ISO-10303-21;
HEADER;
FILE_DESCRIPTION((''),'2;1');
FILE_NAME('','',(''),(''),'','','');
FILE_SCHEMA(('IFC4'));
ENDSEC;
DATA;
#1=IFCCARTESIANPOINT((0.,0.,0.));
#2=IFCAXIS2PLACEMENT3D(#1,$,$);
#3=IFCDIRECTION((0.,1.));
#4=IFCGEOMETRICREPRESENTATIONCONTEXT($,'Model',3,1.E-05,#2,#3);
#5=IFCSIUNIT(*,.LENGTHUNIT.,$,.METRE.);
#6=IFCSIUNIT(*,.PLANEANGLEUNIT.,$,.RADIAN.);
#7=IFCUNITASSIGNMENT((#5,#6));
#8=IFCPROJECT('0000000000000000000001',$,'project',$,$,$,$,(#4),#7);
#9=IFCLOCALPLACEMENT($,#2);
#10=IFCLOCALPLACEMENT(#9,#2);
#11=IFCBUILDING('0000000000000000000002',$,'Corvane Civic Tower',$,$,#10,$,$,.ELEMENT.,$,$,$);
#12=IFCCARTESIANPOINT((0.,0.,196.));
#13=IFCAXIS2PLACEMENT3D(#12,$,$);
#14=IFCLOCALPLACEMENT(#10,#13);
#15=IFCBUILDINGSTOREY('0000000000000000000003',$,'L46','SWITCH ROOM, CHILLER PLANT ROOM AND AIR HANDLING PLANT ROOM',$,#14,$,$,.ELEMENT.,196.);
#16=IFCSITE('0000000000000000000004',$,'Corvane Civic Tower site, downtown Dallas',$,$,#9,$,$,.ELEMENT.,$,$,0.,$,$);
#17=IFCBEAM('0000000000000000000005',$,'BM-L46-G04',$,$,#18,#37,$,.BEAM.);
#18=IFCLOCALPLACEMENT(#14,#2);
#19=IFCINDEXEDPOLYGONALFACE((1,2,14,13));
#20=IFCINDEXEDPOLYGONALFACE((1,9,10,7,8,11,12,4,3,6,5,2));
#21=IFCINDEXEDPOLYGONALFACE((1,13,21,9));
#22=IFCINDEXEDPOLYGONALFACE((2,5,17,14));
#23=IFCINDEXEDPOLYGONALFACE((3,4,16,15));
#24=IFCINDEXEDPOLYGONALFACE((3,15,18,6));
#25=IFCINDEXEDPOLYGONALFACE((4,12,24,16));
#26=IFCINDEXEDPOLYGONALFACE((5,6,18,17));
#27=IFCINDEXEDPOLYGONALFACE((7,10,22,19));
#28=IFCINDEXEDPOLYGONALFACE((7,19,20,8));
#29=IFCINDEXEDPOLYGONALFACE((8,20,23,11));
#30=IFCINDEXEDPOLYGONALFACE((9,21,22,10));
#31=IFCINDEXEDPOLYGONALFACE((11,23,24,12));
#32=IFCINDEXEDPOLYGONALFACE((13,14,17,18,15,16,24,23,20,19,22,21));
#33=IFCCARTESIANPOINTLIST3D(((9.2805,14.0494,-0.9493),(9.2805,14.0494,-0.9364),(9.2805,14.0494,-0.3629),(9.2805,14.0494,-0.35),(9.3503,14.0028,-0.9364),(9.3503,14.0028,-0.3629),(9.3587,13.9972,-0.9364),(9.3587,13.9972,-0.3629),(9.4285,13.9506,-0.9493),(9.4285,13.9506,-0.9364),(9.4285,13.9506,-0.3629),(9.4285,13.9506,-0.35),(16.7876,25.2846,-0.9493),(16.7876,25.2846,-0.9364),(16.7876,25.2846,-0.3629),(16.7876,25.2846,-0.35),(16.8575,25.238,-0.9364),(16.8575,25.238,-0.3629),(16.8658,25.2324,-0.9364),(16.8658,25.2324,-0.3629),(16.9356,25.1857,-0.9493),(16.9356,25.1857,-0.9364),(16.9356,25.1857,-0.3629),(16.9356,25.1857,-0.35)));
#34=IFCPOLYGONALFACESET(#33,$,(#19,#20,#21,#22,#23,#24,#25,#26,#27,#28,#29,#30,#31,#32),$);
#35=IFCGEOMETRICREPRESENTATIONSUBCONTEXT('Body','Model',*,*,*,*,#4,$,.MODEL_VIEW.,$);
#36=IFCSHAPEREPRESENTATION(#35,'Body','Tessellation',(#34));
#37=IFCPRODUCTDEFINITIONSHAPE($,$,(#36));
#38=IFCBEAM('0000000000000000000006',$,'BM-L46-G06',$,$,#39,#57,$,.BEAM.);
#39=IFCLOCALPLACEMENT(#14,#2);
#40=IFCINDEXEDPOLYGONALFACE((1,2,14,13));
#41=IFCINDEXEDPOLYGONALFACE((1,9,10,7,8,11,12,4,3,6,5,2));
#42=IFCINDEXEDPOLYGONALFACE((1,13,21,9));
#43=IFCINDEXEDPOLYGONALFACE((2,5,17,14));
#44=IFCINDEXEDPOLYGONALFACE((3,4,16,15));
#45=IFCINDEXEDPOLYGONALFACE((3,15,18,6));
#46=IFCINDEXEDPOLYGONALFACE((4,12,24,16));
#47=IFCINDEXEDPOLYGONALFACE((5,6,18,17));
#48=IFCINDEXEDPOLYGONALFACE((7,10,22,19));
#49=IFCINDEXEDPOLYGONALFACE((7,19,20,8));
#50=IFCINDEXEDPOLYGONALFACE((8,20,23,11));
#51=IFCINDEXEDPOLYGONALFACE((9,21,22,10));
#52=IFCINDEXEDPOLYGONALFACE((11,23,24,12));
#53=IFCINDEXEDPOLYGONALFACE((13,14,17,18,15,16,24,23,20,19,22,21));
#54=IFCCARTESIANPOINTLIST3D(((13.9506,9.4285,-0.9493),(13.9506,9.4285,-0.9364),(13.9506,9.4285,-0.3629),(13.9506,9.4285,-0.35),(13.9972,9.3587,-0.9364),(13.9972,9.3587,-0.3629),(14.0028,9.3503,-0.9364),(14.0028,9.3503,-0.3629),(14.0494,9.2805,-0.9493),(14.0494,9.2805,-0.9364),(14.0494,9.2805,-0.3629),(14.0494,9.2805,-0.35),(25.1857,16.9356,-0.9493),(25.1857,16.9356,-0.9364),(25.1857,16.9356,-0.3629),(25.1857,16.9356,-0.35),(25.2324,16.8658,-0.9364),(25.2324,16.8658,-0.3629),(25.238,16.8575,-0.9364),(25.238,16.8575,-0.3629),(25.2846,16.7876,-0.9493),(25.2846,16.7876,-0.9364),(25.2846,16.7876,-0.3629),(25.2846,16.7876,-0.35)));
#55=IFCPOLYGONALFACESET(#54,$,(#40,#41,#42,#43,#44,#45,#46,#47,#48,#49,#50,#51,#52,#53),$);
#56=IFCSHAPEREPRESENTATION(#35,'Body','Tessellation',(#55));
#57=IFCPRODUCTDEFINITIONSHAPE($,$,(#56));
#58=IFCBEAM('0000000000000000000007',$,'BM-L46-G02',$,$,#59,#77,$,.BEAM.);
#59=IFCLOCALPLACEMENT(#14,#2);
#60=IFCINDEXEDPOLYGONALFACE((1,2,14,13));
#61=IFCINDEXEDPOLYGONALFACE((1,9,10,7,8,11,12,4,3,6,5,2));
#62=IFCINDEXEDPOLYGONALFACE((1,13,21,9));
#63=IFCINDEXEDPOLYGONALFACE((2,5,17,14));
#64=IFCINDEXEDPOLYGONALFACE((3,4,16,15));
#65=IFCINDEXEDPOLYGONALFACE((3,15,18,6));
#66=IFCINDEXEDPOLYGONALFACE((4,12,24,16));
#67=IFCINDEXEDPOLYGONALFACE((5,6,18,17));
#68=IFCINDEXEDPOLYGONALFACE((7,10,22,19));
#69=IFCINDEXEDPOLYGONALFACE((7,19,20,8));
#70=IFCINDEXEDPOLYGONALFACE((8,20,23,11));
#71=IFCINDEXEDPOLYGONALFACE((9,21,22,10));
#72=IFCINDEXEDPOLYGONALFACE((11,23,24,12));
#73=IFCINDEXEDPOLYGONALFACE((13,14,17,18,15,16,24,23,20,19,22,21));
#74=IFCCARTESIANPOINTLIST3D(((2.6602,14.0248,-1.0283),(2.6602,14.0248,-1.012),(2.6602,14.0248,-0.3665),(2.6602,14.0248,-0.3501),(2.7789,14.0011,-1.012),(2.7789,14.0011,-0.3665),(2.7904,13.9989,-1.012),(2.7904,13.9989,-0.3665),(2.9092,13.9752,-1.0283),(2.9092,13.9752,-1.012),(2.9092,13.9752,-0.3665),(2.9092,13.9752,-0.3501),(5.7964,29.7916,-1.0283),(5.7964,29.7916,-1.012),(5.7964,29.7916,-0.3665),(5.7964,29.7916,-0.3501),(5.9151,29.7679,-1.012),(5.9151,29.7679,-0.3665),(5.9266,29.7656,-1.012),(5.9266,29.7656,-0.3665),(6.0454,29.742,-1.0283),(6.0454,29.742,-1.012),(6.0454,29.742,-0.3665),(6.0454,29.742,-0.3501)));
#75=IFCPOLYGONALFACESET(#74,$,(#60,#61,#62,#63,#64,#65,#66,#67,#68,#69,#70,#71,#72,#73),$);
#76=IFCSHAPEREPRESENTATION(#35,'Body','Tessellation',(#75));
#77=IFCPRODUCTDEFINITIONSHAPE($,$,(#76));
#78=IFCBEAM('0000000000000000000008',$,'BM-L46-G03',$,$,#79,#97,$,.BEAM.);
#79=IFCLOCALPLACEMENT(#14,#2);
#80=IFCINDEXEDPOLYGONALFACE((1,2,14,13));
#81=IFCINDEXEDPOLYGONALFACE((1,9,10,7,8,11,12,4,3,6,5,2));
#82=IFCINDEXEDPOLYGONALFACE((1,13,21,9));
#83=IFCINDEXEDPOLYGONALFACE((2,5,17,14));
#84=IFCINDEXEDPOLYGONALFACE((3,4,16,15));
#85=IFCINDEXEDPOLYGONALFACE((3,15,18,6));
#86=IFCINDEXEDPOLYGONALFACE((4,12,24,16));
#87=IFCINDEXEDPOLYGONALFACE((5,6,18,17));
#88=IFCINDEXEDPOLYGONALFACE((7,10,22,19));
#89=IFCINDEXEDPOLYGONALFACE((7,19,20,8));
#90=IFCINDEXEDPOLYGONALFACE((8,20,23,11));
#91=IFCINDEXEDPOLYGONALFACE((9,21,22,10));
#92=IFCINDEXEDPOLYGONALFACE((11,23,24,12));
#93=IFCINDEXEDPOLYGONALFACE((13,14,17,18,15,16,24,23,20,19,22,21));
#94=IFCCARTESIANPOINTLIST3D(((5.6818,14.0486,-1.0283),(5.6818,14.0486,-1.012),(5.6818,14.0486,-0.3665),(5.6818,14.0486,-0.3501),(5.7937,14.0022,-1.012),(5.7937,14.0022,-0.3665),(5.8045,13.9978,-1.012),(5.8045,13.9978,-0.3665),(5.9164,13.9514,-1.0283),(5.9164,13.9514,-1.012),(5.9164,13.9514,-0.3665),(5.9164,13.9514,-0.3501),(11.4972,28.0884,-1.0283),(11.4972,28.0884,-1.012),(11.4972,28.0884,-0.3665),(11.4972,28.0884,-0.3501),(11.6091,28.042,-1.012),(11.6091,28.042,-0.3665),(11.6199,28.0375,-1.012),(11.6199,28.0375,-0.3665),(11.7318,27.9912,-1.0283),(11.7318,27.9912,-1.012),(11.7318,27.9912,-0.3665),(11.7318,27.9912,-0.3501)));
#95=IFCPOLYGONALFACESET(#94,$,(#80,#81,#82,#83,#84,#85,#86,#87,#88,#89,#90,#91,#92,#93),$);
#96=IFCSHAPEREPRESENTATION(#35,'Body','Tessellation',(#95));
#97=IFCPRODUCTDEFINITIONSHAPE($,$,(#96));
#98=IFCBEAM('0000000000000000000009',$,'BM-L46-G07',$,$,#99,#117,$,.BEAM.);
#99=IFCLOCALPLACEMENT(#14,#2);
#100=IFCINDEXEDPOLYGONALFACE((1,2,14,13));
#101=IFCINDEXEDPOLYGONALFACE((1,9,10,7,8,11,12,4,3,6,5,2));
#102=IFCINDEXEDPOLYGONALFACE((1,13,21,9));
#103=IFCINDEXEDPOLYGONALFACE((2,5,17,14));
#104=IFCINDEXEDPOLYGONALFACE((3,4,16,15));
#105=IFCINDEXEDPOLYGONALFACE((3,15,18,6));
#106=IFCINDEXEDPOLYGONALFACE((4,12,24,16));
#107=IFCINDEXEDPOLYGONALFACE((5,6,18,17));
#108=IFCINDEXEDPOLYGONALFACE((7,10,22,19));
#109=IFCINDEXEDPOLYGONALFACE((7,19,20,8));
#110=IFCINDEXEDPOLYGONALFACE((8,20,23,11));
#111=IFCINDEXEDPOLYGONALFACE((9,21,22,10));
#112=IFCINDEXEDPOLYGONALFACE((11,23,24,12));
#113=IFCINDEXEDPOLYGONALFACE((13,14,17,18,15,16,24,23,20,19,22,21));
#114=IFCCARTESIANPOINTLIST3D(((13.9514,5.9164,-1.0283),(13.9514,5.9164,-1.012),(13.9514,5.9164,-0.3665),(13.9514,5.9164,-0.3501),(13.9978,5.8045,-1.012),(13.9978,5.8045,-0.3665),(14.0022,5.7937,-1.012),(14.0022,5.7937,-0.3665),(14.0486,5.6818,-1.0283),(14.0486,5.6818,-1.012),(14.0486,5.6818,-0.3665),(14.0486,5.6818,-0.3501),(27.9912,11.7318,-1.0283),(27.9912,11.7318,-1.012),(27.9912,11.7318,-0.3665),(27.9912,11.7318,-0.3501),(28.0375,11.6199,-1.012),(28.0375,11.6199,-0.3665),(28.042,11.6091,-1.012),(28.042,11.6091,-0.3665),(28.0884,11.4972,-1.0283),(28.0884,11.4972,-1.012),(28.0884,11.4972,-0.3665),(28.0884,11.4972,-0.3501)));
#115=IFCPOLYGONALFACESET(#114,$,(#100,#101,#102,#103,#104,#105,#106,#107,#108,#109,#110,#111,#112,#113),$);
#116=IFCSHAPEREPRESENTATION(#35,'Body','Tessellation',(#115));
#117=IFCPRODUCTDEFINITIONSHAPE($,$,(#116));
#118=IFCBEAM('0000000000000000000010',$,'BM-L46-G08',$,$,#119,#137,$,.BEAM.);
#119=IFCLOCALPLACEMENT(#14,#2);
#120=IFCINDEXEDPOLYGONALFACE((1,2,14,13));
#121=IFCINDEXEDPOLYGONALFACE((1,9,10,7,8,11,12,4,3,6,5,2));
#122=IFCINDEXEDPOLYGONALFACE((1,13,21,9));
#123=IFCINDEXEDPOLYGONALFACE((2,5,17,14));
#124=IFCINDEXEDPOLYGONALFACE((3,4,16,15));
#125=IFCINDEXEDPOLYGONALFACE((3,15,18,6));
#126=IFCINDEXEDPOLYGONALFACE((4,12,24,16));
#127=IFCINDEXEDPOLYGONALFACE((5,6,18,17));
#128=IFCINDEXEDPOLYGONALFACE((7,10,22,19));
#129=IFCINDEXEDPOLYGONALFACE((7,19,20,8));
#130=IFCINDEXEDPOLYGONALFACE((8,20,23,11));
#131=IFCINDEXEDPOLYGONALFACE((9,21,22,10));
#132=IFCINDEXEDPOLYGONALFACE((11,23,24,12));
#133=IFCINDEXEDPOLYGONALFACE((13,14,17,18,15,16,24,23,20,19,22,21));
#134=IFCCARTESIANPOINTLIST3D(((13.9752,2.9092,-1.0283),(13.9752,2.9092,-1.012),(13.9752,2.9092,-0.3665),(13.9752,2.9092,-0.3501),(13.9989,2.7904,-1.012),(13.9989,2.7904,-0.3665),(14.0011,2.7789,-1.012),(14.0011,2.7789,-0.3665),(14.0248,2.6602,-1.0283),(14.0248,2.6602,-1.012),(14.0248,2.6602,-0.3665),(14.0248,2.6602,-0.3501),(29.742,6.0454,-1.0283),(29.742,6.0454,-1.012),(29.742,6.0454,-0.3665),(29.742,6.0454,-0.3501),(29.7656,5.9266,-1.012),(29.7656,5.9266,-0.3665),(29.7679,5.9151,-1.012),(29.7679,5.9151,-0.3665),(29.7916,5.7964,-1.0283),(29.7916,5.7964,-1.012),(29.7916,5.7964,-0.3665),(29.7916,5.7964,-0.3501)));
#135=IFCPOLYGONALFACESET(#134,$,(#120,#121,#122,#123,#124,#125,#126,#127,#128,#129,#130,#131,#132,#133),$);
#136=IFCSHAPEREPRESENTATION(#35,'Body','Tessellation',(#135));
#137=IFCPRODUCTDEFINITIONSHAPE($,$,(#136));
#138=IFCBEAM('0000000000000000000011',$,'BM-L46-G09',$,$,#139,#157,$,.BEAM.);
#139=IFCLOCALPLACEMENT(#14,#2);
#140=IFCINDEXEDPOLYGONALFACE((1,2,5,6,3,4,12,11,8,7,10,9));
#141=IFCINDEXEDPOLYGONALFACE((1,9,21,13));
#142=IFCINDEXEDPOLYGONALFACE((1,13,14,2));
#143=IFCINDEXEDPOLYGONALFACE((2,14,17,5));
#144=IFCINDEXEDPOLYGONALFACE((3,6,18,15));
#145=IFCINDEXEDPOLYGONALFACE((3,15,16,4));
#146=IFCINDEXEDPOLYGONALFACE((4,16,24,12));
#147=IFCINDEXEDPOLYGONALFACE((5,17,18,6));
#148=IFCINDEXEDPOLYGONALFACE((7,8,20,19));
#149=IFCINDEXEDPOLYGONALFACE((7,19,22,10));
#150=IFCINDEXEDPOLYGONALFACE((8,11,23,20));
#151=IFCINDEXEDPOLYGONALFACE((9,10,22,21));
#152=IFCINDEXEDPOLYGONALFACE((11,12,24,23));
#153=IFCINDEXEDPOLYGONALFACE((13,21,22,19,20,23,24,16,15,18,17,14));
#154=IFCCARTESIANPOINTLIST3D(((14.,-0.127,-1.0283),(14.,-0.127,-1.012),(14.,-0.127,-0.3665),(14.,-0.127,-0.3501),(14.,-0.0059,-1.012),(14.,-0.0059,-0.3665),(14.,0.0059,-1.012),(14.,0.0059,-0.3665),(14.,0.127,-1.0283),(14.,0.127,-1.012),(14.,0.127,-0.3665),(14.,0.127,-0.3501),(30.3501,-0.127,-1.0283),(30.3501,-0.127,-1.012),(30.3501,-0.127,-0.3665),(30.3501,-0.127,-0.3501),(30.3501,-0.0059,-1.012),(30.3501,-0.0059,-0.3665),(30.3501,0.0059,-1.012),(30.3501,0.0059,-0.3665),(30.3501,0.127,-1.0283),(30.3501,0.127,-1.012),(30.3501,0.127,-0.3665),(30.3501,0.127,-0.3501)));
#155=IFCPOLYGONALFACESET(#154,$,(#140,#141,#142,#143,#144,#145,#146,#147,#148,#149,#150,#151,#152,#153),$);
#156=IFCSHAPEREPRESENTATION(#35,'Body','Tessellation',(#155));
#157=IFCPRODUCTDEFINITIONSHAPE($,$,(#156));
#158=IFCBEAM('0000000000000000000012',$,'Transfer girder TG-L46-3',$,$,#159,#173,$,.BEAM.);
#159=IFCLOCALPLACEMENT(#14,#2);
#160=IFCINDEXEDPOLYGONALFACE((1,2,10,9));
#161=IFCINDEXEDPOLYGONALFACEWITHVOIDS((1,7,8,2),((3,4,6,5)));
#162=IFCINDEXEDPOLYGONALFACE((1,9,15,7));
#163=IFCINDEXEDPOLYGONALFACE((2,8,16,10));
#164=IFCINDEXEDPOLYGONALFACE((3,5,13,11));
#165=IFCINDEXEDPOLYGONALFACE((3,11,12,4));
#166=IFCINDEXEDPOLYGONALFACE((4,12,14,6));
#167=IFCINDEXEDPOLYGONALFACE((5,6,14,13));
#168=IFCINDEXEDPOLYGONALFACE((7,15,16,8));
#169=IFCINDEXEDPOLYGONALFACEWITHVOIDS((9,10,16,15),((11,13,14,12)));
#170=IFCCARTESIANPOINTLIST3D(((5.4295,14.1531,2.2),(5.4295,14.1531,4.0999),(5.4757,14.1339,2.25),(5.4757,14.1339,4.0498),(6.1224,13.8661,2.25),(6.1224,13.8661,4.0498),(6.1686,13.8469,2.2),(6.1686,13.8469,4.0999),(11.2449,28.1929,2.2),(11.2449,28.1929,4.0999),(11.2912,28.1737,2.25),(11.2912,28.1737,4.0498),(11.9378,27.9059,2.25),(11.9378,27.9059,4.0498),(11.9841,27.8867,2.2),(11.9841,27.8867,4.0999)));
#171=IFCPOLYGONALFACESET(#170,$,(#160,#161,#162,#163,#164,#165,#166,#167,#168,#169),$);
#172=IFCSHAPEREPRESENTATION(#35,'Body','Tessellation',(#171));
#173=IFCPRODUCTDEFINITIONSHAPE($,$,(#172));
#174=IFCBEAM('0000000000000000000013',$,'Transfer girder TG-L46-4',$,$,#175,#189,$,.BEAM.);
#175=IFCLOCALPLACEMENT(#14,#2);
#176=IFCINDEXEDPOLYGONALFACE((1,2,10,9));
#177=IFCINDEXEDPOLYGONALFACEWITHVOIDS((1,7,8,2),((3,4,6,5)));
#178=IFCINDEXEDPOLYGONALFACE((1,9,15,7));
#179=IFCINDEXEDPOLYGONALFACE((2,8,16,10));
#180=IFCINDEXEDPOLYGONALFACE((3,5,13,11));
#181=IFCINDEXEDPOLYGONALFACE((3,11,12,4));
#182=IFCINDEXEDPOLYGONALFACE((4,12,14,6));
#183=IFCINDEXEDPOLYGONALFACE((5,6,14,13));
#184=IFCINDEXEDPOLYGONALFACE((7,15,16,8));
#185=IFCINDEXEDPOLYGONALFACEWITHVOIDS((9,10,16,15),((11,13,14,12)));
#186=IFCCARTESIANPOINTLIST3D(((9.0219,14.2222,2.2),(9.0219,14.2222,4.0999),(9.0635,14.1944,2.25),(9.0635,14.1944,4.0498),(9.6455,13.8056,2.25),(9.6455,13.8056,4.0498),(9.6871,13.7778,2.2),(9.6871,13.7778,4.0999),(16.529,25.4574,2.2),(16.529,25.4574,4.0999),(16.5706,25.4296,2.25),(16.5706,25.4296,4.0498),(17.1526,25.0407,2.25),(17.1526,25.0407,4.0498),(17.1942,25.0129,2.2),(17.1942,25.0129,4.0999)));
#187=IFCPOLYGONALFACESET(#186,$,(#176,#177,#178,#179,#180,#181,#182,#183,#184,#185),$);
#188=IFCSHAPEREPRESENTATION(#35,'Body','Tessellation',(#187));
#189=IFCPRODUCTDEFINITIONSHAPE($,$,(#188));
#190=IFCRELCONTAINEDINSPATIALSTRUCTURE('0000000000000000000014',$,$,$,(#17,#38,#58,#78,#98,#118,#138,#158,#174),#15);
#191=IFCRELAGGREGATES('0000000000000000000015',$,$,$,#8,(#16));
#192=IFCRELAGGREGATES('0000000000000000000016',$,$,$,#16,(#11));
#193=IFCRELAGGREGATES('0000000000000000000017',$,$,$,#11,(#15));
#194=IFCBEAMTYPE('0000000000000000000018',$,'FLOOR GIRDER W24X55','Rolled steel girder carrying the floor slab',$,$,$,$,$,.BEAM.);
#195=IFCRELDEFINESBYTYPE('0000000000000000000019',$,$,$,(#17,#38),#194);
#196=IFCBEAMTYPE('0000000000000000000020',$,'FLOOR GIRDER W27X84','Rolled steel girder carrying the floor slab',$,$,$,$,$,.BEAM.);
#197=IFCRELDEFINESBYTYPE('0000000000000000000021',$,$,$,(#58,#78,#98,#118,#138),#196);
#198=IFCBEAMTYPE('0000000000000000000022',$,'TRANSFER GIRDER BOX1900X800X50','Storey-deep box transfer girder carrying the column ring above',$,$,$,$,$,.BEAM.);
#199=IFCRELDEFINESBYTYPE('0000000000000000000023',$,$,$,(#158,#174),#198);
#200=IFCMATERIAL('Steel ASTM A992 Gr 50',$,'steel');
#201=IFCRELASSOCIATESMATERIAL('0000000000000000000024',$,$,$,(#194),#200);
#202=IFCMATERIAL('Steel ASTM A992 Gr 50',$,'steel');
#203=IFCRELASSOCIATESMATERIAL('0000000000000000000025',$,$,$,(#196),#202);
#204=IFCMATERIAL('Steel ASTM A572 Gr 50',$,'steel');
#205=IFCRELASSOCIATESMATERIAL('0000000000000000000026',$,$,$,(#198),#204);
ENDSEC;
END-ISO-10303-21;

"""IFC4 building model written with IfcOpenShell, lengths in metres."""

from ifc_helpers import new_model, si_unit, direction, frame, origin, origin_2d, place, context, subcontext, project, spatial, hollow_rectangle, i_section, extrude, material, material_profile, profile_set, type_object, element, save


model = new_model("IFC4")

# Units and contexts
model_context = context("Model", 3, precision=1e-05, world=origin(), true_north=direction((0.0, 1.0)))
body_context = subcontext(model_context, "Body", "Model", "MODEL_VIEW")
ifc_project = project(units=[si_unit("LENGTHUNIT", "METRE"), si_unit("PLANEANGLEUNIT", "RADIAN")], contexts=[model_context])

# Site, building, storey
site_placement = place(None, origin())
site = spatial("IfcSite", under=ifc_project, at=site_placement, Name="Corvane Civic Tower site, downtown Dallas", CompositionType="ELEMENT", RefElevation=0.0)
building_placement = place(site_placement, origin())
building = spatial("IfcBuilding", under=site, at=building_placement, Name="Corvane Civic Tower", CompositionType="ELEMENT")
storey_placement = place(building_placement, frame((0.0, 0.0, 196.0)))
storey = spatial("IfcBuildingStorey", under=building, at=storey_placement, Name="L46", Description="SWITCH ROOM, CHILLER PLANT ROOM AND AIR HANDLING PLANT ROOM", CompositionType="ELEMENT", Elevation=196.0)

# Beams
ifc_material_1 = material(Name="Steel ASTM A992 Gr 50", Category="steel")
ifc_material_profile_1 = material_profile(ifc_material_1, i_section(OverallWidth=0.178, OverallDepth=0.5994, WebThickness=0.01, FlangeThickness=0.0129, at=origin_2d()), Name="W24X55")
ifc_profile_set_1 = profile_set([ifc_material_profile_1], Name="Steel ASTM A992 Gr 50")
beam_type_1 = type_object("IfcBeamType", Name="FLOOR GIRDER W24X55", Description="Rolled steel girder carrying the floor slab", PredefinedType="BEAM", material=ifc_profile_set_1)
for number, where, z_axis, x_axis, name in (
    (1, (9.3545, 14.0, -0.6497), (0.555571, 0.831469, 0.0), (-0.831469, 0.555571, 0.0), "BM-L46-G04"),
    (2, (14.0, 9.3545, -0.6497), (0.831469, 0.555571, 0.0), (-0.555571, 0.831469, 0.0), "BM-L46-G06"),
):
    element("IfcBeam", number, at=place(storey_placement, frame(where, z_axis=z_axis, x_axis=x_axis)), inside=storey, type_object=beam_type_1, Name=name, PredefinedType="BEAM", context=body_context, shape_type="SweptSolid", body=[
        extrude(i_section(OverallWidth=0.178, OverallDepth=0.5994, WebThickness=0.01, FlangeThickness=0.0129, at=origin_2d()), origin(), (0.0, 0.0, 1.0), 13.5125),
    ])
ifc_material_2 = material(Name="Steel ASTM A992 Gr 50", Category="steel")
ifc_material_profile_2 = material_profile(ifc_material_2, i_section(OverallWidth=0.2539, OverallDepth=0.6782, WebThickness=0.0117, FlangeThickness=0.0164, at=origin_2d()), Name="W27X84")
ifc_profile_set_2 = profile_set([ifc_material_profile_2], Name="Steel ASTM A992 Gr 50")
beam_type_2 = type_object("IfcBeamType", Name="FLOOR GIRDER W27X84", Description="Rolled steel girder carrying the floor slab", PredefinedType="BEAM", material=ifc_profile_set_2)
beam_1_placement = place(storey_placement, frame((2.7847, 14.0, -0.6892), z_axis=(0.195091, 0.980785, 0.0), x_axis=(-0.980785, 0.195091, 0.0)))
element("IfcBeam", 3, at=beam_1_placement, inside=storey, type_object=beam_type_2, Name="BM-L46-G02", PredefinedType="BEAM", context=body_context, shape_type="SweptSolid", body=[
    extrude(i_section(OverallWidth=0.2539, OverallDepth=0.6782, WebThickness=0.0117, FlangeThickness=0.0164, at=origin_2d()), origin(), (0.0, 0.0, 1.0), 16.0757),
])
for number, where, z_axis, x_axis, name in (
    (4, (5.7991, 14.0, -0.6892), (0.382681, 0.923881, 0.0), (-0.923881, 0.382681, 0.0), "BM-L46-G03"),
    (5, (14.0, 5.7991, -0.6892), (0.923881, 0.382681, 0.0), (-0.382681, 0.923881, 0.0), "BM-L46-G07"),
):
    element("IfcBeam", number, at=place(storey_placement, frame(where, z_axis=z_axis, x_axis=x_axis)), inside=storey, type_object=beam_type_2, Name=name, PredefinedType="BEAM", context=body_context, shape_type="SweptSolid", body=[
        extrude(i_section(OverallWidth=0.2539, OverallDepth=0.6782, WebThickness=0.0117, FlangeThickness=0.0164, at=origin_2d()), origin(), (0.0, 0.0, 1.0), 15.1965),
    ])
beam_2_placement = place(storey_placement, frame((14.0, 2.7847, -0.6892), z_axis=(0.980785, 0.195091, 0.0), x_axis=(-0.195091, 0.980785, 0.0)))
element("IfcBeam", 6, at=beam_2_placement, inside=storey, type_object=beam_type_2, Name="BM-L46-G08", PredefinedType="BEAM", context=body_context, shape_type="SweptSolid", body=[
    extrude(i_section(OverallWidth=0.2539, OverallDepth=0.6782, WebThickness=0.0117, FlangeThickness=0.0164, at=origin_2d()), origin(), (0.0, 0.0, 1.0), 16.0757),
])
beam_3_placement = place(storey_placement, frame((14.0, 0.0, -0.6892), z_axis=(1.0, 0.0, 0.0), x_axis=(0.0, 1.0, 0.0)))
element("IfcBeam", 7, at=beam_3_placement, inside=storey, type_object=beam_type_2, Name="BM-L46-G09", PredefinedType="BEAM", context=body_context, shape_type="SweptSolid", body=[
    extrude(i_section(OverallWidth=0.2539, OverallDepth=0.6782, WebThickness=0.0117, FlangeThickness=0.0164, at=origin_2d()), origin(), (0.0, 0.0, 1.0), 16.3501),
])
ifc_material_3 = material(Name="Steel ASTM A572 Gr 50", Category="steel")
ifc_material_profile_3 = material_profile(ifc_material_3, hollow_rectangle(XDim=0.8, YDim=1.8999, WallThickness=0.05, at=origin_2d()), Name="BOX1900X800X50")
ifc_profile_set_3 = profile_set([ifc_material_profile_3], Name="Steel ASTM A572 Gr 50")
beam_type_3 = type_object("IfcBeamType", Name="TRANSFER GIRDER BOX1900X800X50", Description="Storey-deep box transfer girder carrying the column ring above", PredefinedType="BEAM", material=ifc_profile_set_3)
beam_4_placement = place(storey_placement, frame((5.7991, 14.0, 3.1499), z_axis=(0.382681, 0.923881, 0.0), x_axis=(-0.923881, 0.382681, 0.0)))
element("IfcBeam", 8, at=beam_4_placement, inside=storey, type_object=beam_type_3, Name="Transfer girder TG-L46-3", PredefinedType="BEAM", context=body_context, shape_type="SweptSolid", body=[
    extrude(hollow_rectangle(XDim=0.8, YDim=1.8999, WallThickness=0.05, at=origin_2d()), origin(), (0.0, 0.0, 1.0), 15.1965),
])
for number, where, z_axis, x_axis, name in (
    (9, (9.3545, 14.0, 3.1499), (0.555571, 0.831469, 0.0), (-0.831469, 0.555571, 0.0), "Transfer girder TG-L46-4"),
):
    element("IfcBeam", number, at=place(storey_placement, frame(where, z_axis=z_axis, x_axis=x_axis)), inside=storey, type_object=beam_type_3, Name=name, PredefinedType="BEAM", context=body_context, shape_type="SweptSolid", body=[
        extrude(hollow_rectangle(XDim=0.8, YDim=1.8999, WallThickness=0.05, at=origin_2d()), origin(), (0.0, 0.0, 1.0), 13.5125),
    ])

save(model, "model.ifc")
